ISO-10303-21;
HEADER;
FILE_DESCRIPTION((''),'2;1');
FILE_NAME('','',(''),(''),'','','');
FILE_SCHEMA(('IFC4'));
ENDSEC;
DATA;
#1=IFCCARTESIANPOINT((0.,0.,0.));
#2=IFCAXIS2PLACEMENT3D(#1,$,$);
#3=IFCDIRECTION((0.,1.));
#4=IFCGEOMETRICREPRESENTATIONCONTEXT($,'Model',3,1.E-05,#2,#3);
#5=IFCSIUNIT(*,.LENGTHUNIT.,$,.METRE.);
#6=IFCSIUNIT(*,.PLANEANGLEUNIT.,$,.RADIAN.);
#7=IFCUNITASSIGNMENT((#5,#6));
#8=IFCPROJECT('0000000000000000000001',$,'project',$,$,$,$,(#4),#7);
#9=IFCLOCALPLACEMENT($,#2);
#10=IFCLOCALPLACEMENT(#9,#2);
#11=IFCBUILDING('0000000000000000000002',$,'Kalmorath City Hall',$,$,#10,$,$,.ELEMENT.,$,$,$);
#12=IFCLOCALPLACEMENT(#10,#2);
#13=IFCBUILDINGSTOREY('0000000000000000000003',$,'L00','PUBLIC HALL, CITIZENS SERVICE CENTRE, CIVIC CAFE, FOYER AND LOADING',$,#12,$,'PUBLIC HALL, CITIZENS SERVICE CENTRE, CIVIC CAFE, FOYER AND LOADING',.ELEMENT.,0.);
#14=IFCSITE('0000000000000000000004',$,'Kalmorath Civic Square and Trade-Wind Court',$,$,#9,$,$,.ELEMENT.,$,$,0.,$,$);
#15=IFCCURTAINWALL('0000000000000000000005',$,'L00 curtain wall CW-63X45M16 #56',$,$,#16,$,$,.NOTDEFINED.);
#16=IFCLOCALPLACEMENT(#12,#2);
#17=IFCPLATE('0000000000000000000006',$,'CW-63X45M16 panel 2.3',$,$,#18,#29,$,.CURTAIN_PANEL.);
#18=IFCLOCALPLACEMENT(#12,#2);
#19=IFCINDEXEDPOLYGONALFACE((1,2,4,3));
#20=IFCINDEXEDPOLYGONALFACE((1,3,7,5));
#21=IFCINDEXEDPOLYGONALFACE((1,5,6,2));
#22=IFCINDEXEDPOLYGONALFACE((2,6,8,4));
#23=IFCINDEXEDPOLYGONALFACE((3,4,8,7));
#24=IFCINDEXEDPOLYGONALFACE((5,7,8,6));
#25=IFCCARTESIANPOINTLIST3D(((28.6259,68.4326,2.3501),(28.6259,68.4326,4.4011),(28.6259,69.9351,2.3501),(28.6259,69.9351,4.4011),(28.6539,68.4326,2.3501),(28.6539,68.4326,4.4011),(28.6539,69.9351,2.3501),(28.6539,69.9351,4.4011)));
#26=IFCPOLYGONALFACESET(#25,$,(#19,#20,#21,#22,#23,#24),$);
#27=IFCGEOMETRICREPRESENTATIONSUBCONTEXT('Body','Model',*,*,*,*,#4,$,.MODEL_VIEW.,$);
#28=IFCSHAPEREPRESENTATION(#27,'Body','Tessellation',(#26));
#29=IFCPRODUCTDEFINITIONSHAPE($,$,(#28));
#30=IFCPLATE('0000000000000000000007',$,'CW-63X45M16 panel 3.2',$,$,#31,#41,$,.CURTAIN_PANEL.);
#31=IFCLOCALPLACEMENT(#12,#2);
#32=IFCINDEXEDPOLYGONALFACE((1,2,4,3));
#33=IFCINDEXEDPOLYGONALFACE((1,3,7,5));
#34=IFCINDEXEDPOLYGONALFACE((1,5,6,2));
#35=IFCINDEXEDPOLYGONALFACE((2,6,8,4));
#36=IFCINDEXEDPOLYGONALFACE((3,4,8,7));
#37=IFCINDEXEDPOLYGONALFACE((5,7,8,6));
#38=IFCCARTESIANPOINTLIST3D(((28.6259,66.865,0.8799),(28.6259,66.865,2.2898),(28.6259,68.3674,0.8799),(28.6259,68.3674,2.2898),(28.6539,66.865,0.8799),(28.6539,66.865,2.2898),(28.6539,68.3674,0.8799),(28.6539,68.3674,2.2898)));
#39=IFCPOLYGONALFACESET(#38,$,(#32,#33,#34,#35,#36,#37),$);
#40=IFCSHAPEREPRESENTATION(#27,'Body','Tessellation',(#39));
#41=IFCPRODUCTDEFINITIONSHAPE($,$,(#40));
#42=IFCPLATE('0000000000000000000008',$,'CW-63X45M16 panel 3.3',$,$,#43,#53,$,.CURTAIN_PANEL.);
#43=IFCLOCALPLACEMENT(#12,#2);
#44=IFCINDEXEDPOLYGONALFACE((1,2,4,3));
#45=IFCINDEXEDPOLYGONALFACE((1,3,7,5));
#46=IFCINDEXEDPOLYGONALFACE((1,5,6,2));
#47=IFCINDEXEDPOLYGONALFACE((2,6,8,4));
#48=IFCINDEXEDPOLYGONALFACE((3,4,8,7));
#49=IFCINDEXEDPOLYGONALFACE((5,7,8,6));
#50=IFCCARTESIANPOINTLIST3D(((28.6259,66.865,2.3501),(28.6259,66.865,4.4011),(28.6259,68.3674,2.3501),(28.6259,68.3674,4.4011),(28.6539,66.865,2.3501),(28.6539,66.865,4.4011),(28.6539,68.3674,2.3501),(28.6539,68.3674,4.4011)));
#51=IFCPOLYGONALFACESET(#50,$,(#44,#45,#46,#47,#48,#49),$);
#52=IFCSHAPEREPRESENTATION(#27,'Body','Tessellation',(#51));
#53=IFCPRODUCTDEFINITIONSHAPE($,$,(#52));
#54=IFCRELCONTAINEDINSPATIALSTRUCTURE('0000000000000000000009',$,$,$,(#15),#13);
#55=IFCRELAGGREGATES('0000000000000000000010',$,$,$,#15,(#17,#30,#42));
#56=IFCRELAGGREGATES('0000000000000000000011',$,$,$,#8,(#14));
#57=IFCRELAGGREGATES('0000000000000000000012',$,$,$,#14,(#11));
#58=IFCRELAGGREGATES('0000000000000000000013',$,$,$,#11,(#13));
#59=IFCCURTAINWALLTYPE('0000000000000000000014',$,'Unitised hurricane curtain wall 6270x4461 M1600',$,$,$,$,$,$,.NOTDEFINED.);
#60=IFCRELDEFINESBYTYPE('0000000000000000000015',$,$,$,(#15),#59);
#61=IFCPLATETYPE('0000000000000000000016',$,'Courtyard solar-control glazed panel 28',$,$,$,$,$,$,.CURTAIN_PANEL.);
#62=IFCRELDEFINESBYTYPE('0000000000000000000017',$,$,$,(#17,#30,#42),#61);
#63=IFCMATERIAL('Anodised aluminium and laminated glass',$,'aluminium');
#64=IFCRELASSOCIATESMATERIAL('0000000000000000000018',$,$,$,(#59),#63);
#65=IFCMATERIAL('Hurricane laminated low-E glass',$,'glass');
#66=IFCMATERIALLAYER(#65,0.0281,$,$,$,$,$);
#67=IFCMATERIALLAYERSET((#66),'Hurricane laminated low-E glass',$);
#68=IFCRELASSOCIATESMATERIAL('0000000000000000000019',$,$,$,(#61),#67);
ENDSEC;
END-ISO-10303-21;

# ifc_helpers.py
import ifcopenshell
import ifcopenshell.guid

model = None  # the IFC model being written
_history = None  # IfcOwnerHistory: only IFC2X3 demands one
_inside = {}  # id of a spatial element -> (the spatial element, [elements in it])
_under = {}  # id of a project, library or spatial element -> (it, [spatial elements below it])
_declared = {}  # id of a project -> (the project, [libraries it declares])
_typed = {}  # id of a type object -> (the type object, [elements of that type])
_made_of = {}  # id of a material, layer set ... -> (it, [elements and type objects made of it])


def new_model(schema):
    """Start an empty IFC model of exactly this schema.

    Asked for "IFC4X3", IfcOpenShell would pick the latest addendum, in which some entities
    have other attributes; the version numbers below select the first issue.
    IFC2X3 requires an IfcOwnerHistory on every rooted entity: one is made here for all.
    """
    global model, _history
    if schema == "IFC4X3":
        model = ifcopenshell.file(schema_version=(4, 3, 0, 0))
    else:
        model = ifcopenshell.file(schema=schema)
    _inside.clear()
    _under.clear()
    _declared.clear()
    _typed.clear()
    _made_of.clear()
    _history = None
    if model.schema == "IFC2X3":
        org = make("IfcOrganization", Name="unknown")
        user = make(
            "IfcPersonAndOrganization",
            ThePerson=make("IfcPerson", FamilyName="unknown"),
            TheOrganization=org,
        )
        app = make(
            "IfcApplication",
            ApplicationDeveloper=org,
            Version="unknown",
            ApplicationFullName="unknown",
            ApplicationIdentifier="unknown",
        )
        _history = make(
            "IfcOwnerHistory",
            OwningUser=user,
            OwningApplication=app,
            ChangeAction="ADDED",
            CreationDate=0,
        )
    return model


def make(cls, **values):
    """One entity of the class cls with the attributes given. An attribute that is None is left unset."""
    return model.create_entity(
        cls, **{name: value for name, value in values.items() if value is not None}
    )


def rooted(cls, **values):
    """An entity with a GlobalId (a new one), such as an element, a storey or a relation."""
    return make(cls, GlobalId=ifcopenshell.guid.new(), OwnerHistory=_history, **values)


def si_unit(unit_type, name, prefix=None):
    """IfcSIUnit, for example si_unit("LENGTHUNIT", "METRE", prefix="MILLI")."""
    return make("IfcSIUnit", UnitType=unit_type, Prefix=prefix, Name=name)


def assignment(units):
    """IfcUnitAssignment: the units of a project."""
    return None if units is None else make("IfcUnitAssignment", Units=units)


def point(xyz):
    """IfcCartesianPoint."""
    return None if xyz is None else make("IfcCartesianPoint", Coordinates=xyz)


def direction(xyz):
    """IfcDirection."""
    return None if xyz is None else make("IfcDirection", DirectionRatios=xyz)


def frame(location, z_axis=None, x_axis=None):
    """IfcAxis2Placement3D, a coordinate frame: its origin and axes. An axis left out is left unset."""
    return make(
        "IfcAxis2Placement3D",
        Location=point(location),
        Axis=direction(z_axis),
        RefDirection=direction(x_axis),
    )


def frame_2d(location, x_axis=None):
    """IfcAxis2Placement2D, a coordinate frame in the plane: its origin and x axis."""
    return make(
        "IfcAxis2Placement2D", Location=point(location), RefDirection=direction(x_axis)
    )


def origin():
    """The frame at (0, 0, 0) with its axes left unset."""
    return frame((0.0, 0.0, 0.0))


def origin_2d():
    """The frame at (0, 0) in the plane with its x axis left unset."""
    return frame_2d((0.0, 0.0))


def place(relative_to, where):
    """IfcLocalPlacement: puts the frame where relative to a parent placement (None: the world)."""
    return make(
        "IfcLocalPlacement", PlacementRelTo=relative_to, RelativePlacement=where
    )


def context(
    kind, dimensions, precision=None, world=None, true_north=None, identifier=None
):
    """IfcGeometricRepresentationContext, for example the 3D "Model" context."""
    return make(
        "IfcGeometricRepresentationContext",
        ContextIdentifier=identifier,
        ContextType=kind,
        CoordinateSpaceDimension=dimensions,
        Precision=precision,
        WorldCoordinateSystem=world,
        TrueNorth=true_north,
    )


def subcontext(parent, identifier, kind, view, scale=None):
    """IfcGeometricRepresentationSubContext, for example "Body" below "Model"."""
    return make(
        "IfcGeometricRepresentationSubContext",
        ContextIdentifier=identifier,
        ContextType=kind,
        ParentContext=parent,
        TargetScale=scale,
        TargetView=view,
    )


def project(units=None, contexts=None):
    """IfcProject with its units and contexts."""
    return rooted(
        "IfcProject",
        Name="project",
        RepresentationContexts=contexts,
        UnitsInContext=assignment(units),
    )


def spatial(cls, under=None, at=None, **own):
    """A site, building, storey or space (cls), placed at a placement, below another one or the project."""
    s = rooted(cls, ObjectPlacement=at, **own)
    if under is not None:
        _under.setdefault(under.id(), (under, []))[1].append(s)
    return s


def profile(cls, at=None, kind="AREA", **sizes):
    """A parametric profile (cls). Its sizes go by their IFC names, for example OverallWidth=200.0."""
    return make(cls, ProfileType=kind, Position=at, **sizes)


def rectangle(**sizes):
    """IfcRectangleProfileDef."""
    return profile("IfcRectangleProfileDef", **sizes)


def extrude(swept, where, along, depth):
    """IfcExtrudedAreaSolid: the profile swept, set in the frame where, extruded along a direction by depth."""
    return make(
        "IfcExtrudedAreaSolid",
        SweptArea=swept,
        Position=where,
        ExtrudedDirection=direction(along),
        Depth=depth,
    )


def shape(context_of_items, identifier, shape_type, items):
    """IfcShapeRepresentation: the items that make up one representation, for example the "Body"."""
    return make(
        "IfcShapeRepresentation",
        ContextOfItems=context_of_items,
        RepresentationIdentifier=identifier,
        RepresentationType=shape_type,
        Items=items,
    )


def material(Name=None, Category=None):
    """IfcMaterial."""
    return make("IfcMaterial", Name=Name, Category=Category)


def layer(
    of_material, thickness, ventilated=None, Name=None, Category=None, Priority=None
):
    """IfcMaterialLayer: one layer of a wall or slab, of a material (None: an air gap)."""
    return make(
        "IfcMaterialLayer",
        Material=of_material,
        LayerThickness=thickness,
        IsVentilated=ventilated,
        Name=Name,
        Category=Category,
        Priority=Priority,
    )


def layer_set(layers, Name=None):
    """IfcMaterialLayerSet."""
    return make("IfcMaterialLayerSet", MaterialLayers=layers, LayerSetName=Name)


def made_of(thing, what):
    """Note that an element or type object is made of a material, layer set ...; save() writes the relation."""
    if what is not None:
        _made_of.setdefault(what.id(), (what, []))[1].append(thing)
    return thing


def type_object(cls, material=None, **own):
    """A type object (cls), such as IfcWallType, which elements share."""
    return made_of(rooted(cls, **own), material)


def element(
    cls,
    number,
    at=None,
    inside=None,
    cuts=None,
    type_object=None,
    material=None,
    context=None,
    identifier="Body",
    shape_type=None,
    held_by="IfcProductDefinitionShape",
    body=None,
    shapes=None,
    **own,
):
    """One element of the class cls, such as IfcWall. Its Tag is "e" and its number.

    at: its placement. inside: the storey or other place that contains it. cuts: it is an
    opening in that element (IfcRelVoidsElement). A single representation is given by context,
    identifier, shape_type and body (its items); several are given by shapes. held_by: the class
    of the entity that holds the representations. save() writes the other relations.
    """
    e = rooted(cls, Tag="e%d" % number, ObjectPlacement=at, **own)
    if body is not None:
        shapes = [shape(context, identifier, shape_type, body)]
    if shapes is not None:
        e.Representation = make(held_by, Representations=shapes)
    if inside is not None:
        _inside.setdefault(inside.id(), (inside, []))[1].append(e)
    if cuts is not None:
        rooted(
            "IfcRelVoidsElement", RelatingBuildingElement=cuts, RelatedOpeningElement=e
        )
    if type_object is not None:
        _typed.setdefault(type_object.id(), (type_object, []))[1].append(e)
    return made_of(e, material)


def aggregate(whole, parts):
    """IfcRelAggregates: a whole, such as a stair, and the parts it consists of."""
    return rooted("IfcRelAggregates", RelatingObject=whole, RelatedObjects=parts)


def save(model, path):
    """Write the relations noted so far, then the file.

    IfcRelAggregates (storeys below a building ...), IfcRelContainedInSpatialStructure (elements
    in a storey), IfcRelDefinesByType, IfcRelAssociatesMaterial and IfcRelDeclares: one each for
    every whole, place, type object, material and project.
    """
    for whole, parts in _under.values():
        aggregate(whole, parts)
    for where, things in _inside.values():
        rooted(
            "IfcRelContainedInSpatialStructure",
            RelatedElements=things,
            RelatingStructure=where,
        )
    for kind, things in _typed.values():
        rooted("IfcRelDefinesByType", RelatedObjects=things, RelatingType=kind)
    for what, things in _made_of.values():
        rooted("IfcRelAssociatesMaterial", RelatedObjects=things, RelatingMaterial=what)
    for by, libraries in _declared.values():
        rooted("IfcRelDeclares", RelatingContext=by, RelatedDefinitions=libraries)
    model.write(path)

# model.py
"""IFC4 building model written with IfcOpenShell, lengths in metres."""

from ifc_helpers import new_model, si_unit, direction, frame, origin, origin_2d, place, context, subcontext, project, spatial, rectangle, extrude, material, layer, layer_set, type_object, element, aggregate, save


model = new_model("IFC4")

# Units and contexts
model_context = context("Model", 3, precision=1e-05, world=origin(), true_north=direction((0.0, 1.0)))
body_context = subcontext(model_context, "Body", "Model", "MODEL_VIEW")
ifc_project = project(units=[si_unit("LENGTHUNIT", "METRE"), si_unit("PLANEANGLEUNIT", "RADIAN")], contexts=[model_context])

# Site, building, storey
site_placement = place(None, origin())
site = spatial("IfcSite", under=ifc_project, at=site_placement, Name="Kalmorath Civic Square and Trade-Wind Court", CompositionType="ELEMENT", RefElevation=0.0)
building_placement = place(site_placement, origin())
building = spatial("IfcBuilding", under=site, at=building_placement, Name="Kalmorath City Hall", CompositionType="ELEMENT")
storey_placement = place(building_placement, origin())
storey = spatial("IfcBuildingStorey", under=building, at=storey_placement, Name="L00", Description="PUBLIC HALL, CITIZENS SERVICE CENTRE, CIVIC CAFE, FOYER AND LOADING", LongName="PUBLIC HALL, CITIZENS SERVICE CENTRE, CIVIC CAFE, FOYER AND LOADING", CompositionType="ELEMENT", Elevation=0.0)

# Curtain wall
ifc_material_1 = material(Name="Anodised aluminium and laminated glass", Category="aluminium")
curtain_wall_type = type_object("IfcCurtainWallType", Name="Unitised hurricane curtain wall 6270x4461 M1600", PredefinedType="NOTDEFINED", material=ifc_material_1)
curtain_wall_placement = place(storey_placement, origin())
curtain_wall = element("IfcCurtainWall", 1, at=curtain_wall_placement, inside=storey, type_object=curtain_wall_type, Name="L00 curtain wall CW-63X45M16 #56", PredefinedType="NOTDEFINED")

# Plates
ifc_material_2 = material(Name="Hurricane laminated low-E glass", Category="glass")
ifc_layer = layer(ifc_material_2, 0.0281)
ifc_layer_set = layer_set([ifc_layer], Name="Hurricane laminated low-E glass")
plate_type = type_object("IfcPlateType", Name="Courtyard solar-control glazed panel 28", PredefinedType="CURTAIN_PANEL", material=ifc_layer_set)
plate_1_placement = place(storey_placement, frame((28.6399, 69.1838, 2.3501), z_axis=(0.0, 0.0, 1.0), x_axis=(0.0, -1.0, 0.0)))
plate_1 = element("IfcPlate", 2, at=plate_1_placement, type_object=plate_type, Name="CW-63X45M16 panel 2.3", PredefinedType="CURTAIN_PANEL", context=body_context, shape_type="SweptSolid", body=[
    extrude(rectangle(XDim=1.5024, YDim=0.0281, at=origin_2d()), origin(), (0.0, 0.0, 1.0), 2.051),
])
plate_2_placement = place(storey_placement, frame((28.6399, 67.6162, 0.8799), z_axis=(0.0, 0.0, 1.0), x_axis=(0.0, -1.0, 0.0)))
plate_2 = element("IfcPlate", 3, at=plate_2_placement, type_object=plate_type, Name="CW-63X45M16 panel 3.2", PredefinedType="CURTAIN_PANEL", context=body_context, shape_type="SweptSolid", body=[
    extrude(rectangle(XDim=1.5024, YDim=0.0281, at=origin_2d()), origin(), (0.0, 0.0, 1.0), 1.4099),
])
plate_3_placement = place(storey_placement, frame((28.6399, 67.6162, 2.3501), z_axis=(0.0, 0.0, 1.0), x_axis=(0.0, -1.0, 0.0)))
plate_3 = element("IfcPlate", 4, at=plate_3_placement, type_object=plate_type, Name="CW-63X45M16 panel 3.3", PredefinedType="CURTAIN_PANEL", context=body_context, shape_type="SweptSolid", body=[
    extrude(rectangle(XDim=1.5024, YDim=0.0281, at=origin_2d()), origin(), (0.0, 0.0, 1.0), 2.051),
])
aggregate(curtain_wall, [plate_1, plate_2, plate_3])

save(model, "model.ifc")
